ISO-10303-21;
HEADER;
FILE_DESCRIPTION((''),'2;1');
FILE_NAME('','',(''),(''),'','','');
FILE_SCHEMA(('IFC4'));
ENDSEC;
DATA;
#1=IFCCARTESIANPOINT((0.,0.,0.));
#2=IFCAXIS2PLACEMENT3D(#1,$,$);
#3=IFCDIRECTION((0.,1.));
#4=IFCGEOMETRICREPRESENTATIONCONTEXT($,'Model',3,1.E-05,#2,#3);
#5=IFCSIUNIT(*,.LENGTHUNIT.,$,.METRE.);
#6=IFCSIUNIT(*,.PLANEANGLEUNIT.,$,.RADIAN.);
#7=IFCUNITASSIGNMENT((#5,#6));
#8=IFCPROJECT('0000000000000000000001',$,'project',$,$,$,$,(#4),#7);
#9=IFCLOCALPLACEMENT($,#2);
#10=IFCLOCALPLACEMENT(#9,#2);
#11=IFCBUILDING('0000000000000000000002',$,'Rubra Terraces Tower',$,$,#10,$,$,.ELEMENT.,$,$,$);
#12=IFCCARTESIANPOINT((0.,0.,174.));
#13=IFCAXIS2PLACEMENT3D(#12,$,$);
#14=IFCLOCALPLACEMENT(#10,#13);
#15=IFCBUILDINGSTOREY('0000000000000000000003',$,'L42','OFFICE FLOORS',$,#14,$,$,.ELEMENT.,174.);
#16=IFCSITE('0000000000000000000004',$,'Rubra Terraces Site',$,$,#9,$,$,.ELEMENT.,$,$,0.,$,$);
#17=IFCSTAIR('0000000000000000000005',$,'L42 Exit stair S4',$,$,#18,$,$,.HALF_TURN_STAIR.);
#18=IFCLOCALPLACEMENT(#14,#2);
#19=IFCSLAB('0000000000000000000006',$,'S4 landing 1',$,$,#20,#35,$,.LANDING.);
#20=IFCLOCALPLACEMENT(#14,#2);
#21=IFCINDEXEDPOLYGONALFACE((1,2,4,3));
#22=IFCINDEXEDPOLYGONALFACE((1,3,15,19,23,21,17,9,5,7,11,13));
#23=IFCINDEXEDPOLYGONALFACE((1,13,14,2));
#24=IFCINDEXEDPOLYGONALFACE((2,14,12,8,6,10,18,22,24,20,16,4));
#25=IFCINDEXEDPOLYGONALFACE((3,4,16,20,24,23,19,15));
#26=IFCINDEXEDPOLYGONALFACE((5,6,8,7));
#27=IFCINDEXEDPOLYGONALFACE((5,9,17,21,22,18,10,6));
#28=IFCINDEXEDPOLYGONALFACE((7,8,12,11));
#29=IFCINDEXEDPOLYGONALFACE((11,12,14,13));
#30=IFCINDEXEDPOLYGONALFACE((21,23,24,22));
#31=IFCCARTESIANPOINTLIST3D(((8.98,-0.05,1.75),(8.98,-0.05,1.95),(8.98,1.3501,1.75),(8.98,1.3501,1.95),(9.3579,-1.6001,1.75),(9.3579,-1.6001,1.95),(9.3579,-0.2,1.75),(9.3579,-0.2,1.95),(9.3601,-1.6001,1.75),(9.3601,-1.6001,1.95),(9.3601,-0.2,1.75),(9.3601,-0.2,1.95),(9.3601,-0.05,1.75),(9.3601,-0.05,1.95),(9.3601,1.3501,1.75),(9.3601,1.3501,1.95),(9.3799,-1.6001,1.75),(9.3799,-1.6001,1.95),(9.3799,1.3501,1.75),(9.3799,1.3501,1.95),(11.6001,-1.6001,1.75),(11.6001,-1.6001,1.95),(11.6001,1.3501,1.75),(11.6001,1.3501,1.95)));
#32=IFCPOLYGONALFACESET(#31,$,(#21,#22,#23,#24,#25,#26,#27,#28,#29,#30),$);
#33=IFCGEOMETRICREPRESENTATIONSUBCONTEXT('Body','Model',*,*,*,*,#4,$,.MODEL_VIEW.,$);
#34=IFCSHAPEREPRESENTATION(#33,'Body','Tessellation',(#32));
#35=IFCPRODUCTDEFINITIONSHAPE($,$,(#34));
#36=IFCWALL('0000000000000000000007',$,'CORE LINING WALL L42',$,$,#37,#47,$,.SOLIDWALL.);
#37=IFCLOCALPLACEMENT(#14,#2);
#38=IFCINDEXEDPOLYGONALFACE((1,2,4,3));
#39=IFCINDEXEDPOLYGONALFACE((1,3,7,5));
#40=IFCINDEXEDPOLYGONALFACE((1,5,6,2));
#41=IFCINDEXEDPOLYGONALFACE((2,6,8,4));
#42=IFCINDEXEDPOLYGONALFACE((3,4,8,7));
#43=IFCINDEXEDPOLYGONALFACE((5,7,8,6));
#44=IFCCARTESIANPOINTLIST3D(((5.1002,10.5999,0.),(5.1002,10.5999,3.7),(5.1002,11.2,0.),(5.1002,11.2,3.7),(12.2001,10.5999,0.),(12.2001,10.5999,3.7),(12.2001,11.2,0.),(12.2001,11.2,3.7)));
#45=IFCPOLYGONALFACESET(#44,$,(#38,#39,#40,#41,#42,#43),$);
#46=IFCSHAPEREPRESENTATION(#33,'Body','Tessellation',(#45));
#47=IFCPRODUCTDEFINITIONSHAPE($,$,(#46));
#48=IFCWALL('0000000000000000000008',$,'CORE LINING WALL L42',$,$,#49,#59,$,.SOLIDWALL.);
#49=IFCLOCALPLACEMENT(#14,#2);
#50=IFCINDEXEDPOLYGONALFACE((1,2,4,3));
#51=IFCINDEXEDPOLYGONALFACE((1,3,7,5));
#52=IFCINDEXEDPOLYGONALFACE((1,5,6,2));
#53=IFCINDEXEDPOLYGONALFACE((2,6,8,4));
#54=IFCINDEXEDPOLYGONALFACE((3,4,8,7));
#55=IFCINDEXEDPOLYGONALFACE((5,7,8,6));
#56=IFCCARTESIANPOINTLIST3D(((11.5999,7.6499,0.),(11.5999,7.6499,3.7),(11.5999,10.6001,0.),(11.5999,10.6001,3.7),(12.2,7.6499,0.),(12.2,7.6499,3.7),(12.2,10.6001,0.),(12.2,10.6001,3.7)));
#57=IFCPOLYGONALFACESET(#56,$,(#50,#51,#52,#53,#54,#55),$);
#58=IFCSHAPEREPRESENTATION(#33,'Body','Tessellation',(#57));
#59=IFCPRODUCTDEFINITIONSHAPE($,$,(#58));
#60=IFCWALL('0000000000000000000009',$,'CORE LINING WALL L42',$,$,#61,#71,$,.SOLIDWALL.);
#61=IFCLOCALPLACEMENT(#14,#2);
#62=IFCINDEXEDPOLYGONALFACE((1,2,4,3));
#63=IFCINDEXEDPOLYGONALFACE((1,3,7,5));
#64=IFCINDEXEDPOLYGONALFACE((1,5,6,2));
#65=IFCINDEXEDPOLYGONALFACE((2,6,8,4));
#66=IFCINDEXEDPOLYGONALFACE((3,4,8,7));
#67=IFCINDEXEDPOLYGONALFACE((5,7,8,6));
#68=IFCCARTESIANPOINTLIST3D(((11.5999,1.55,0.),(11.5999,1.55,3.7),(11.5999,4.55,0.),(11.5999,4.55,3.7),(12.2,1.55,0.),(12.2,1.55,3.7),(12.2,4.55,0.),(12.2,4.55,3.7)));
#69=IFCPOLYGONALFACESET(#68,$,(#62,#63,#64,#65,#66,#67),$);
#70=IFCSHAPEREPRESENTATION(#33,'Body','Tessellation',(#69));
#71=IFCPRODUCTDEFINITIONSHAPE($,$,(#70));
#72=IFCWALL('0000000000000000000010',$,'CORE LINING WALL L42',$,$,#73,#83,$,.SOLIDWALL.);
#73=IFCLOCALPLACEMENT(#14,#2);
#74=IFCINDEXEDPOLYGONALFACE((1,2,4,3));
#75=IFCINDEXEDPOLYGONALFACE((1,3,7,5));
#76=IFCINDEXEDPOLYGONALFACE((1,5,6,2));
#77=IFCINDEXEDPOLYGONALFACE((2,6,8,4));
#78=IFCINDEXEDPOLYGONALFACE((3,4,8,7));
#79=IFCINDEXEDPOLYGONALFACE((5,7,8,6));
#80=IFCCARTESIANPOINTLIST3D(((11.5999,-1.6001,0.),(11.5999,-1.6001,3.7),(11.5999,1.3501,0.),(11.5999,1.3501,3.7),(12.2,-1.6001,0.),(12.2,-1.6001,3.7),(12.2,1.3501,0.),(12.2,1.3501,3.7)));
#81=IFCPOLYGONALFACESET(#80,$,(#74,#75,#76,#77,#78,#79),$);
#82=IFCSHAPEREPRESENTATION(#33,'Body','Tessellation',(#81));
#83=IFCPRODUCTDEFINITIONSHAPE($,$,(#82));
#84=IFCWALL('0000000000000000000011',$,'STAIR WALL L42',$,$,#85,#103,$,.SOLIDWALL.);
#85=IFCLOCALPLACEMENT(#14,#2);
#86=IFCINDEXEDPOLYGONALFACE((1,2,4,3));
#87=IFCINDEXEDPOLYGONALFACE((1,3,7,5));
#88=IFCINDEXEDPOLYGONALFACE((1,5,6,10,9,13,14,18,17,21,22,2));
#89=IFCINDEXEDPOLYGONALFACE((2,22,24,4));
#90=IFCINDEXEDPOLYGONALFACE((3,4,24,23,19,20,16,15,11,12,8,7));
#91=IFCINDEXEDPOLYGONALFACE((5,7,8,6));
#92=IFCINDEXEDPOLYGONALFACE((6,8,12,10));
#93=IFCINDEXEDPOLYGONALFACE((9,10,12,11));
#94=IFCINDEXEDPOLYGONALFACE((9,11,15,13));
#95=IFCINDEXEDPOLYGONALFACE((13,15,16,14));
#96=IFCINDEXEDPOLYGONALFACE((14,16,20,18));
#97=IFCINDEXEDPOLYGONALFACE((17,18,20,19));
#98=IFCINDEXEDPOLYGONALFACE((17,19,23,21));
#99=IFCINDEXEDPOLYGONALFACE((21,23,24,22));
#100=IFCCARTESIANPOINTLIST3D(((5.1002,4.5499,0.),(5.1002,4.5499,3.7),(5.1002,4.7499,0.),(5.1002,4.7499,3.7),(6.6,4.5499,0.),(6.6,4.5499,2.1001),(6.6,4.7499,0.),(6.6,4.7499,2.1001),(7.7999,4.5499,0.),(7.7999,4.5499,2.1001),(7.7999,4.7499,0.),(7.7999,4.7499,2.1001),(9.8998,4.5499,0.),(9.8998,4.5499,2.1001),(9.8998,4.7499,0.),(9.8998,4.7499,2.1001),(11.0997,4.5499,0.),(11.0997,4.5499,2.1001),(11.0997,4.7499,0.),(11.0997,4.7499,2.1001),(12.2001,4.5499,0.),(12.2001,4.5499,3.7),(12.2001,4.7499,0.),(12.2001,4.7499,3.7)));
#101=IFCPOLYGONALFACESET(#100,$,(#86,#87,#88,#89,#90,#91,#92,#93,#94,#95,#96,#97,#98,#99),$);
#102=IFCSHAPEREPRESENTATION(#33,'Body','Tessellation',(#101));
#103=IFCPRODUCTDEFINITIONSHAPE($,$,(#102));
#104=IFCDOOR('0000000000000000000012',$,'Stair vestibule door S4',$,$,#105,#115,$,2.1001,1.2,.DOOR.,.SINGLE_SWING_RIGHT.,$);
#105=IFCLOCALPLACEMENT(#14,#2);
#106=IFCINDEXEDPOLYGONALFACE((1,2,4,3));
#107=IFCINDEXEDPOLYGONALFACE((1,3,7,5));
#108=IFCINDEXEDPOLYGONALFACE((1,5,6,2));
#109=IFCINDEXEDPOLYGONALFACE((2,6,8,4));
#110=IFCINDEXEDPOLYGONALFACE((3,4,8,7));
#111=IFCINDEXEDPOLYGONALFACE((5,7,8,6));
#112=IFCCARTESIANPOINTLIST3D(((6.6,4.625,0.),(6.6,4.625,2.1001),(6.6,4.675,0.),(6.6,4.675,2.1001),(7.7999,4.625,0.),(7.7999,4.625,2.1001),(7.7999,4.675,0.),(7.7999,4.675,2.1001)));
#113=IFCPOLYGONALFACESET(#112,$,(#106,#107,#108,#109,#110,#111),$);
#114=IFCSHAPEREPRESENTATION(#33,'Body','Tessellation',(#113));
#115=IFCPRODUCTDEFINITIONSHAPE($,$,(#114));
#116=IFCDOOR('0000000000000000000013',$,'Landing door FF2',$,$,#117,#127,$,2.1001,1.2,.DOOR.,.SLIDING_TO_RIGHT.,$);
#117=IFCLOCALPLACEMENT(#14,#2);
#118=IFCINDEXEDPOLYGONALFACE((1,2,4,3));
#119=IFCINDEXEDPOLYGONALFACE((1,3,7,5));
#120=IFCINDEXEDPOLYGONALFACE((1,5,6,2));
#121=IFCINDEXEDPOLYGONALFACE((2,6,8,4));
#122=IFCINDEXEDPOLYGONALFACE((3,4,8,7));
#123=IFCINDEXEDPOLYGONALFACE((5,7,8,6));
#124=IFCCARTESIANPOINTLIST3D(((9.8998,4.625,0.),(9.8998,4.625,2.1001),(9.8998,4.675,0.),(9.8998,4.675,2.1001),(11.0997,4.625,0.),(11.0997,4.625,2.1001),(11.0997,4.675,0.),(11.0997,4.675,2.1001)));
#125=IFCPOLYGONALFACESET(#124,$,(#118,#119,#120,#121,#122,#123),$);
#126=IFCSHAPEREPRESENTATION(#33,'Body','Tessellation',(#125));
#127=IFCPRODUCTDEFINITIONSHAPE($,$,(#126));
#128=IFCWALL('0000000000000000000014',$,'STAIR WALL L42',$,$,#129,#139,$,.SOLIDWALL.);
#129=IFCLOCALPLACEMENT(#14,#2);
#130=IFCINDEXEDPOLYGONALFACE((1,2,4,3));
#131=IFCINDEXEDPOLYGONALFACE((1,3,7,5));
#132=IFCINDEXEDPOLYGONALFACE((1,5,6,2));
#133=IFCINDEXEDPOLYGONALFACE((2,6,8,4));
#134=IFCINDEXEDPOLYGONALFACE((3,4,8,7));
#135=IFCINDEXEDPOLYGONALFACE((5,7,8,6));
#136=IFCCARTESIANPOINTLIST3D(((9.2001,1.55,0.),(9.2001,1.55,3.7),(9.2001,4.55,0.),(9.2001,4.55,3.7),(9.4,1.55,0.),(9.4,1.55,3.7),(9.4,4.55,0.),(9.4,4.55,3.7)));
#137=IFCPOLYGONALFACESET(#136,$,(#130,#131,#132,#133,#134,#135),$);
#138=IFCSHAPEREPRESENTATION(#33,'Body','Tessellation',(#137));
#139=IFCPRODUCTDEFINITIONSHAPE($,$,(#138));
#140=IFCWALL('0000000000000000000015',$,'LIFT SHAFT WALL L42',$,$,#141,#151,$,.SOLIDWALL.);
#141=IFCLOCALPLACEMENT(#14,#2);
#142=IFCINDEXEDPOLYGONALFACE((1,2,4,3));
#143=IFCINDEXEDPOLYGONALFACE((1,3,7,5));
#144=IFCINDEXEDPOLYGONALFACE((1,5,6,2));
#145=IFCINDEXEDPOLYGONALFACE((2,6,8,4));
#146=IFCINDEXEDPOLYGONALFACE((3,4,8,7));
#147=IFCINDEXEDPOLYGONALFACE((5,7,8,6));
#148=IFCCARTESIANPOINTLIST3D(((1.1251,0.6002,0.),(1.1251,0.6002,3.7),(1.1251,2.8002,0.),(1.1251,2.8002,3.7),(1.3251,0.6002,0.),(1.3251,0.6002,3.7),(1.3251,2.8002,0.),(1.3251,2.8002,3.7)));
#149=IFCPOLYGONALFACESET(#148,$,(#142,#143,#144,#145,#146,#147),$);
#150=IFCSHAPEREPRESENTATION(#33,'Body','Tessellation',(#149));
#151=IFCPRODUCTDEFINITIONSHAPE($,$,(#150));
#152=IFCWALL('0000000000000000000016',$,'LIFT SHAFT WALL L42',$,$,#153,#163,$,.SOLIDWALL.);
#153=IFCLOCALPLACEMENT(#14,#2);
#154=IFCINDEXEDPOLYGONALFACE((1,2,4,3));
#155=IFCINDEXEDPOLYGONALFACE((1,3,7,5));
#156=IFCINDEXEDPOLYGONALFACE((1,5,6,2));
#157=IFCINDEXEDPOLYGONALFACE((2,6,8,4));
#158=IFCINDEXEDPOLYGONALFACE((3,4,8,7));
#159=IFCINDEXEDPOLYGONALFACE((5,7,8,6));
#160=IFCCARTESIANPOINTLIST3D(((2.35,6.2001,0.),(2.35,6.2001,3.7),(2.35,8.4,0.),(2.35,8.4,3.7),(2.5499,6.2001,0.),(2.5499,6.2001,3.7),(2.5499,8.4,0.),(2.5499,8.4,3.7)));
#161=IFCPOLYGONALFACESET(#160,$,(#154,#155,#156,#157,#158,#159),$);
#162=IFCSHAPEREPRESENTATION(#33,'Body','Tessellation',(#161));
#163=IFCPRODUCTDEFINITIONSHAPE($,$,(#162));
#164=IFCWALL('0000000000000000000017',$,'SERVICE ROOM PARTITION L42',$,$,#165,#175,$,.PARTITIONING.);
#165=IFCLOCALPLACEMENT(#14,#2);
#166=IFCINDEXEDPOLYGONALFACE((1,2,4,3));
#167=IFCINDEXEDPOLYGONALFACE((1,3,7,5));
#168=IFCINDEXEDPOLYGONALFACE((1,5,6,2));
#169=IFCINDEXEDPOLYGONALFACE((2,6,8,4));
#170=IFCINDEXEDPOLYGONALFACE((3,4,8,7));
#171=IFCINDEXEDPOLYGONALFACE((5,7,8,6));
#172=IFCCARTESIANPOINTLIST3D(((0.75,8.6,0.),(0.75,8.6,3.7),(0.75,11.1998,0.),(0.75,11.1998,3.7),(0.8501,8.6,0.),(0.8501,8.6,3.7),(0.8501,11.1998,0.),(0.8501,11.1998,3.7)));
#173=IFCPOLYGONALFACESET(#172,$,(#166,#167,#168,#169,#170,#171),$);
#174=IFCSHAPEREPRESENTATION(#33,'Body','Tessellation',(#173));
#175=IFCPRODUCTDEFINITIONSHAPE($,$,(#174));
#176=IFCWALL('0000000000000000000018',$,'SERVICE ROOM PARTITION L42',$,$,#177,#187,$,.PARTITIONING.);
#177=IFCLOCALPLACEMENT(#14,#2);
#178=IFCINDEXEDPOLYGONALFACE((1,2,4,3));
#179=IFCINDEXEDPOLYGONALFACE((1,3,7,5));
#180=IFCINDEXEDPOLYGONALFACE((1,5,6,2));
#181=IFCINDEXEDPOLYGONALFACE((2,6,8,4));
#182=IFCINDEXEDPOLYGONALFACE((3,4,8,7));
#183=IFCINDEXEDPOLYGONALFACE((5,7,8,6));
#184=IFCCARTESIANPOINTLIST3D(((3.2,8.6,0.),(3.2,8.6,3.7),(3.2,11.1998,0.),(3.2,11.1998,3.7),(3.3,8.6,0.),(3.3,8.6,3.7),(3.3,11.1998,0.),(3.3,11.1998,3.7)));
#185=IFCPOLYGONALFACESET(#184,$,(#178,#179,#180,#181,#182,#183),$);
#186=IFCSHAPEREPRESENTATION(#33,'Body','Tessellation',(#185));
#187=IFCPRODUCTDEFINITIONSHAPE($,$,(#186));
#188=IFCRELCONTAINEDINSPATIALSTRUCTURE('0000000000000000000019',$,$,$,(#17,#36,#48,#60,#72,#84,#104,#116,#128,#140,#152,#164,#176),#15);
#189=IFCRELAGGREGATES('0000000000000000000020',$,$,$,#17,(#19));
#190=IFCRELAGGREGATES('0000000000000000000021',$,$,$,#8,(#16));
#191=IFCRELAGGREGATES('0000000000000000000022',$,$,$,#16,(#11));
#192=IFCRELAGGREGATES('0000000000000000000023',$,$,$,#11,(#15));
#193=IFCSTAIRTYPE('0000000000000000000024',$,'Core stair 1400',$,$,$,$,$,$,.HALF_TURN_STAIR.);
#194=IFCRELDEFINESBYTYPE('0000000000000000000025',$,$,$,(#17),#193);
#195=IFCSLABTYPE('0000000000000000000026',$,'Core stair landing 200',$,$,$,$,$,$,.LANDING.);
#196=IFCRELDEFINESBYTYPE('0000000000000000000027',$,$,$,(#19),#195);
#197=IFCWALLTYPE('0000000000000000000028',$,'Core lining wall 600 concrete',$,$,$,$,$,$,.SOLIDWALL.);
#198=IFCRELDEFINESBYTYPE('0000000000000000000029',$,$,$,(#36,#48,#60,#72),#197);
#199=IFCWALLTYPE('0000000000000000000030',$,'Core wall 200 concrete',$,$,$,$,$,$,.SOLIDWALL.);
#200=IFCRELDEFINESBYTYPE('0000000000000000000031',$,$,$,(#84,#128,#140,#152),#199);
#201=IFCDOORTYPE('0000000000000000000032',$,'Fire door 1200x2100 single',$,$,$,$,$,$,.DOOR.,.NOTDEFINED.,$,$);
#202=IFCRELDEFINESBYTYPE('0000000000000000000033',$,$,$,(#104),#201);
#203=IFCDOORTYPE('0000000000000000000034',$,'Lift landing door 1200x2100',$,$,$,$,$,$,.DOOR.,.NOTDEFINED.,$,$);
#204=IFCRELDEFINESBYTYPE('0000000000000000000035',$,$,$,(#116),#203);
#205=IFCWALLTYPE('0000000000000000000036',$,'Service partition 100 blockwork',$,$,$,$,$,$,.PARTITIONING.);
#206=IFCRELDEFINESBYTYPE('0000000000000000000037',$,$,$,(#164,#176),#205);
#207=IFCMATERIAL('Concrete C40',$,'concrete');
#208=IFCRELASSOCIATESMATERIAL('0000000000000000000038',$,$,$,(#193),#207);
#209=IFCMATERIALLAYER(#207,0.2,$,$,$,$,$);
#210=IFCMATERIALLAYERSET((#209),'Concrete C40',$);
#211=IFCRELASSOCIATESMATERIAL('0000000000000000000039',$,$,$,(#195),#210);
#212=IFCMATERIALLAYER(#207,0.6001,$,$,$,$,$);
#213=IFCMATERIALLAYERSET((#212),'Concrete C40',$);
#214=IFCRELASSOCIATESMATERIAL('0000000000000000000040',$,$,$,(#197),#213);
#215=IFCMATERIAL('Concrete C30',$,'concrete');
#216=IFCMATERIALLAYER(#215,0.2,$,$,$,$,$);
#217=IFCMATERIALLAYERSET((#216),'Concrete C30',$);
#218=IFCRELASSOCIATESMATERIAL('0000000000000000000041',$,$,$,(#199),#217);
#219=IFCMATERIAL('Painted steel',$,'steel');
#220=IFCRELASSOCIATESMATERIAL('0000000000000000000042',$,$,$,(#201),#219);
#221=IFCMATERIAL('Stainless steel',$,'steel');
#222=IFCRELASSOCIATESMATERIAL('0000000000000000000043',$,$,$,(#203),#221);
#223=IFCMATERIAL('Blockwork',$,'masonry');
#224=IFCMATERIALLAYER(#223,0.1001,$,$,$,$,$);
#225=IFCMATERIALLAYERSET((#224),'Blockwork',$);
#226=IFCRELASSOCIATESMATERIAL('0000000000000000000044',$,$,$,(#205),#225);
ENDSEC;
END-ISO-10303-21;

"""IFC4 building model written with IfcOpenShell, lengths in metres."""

from ifc_helpers import new_model, si_unit, direction, frame, frame_2d, origin, place, context, subcontext, project, spatial, polyline, rectangle, outline, extrude, material, layer, layer_set, type_object, element, fill, aggregate, save


model = new_model("IFC4")

# Units and contexts
model_context = context("Model", 3, precision=1e-05, world=origin(), true_north=direction((0.0, 1.0)))
body_context = subcontext(model_context, "Body", "Model", "MODEL_VIEW")
ifc_project = project(units=[si_unit("LENGTHUNIT", "METRE"), si_unit("PLANEANGLEUNIT", "RADIAN")], contexts=[model_context])

# Site, building, storey
site_placement = place(None, origin())
site = spatial("IfcSite", under=ifc_project, at=site_placement, Name="Rubra Terraces Site", CompositionType="ELEMENT", RefElevation=0.0)
building_placement = place(site_placement, origin())
building = spatial("IfcBuilding", under=site, at=building_placement, Name="Rubra Terraces Tower", CompositionType="ELEMENT")
storey_placement = place(building_placement, frame((0.0, 0.0, 174.0)))
storey = spatial("IfcBuildingStorey", under=building, at=storey_placement, Name="L42", Description="OFFICE FLOORS", CompositionType="ELEMENT", Elevation=174.0)

# Stair, slab
ifc_material_1 = material(Name="Concrete C40", Category="concrete")
stair_type = type_object("IfcStairType", Name="Core stair 1400", PredefinedType="HALF_TURN_STAIR", material=ifc_material_1)
stair_1_placement = place(storey_placement, origin())
stair_1 = element("IfcStair", 1, at=stair_1_placement, inside=storey, type_object=stair_type, Name="L42 Exit stair S4", PredefinedType="HALF_TURN_STAIR")
ifc_layer_1 = layer(ifc_material_1, 0.2)
ifc_layer_set_1 = layer_set([ifc_layer_1], Name="Concrete C40")
slab_type = type_object("IfcSlabType", Name="Core stair landing 200", PredefinedType="LANDING", material=ifc_layer_set_1)
slab_placement = place(storey_placement, frame((0.0, 0.0, 1.75)))
slab = element("IfcSlab", 2, at=slab_placement, type_object=slab_type, Name="S4 landing 1", PredefinedType="LANDING", context=body_context, shape_type="SweptSolid", body=[
    extrude(outline(polyline([(9.3601, -0.2), (9.3601, -0.05), (8.98, -0.05), (8.98, 1.3501), (9.3601, 1.3501), (9.3799, 1.3501), (11.6001, 1.3501), (11.6001, -1.6001), (9.3799, -1.6001), (9.3601, -1.6001), (9.3579, -1.6001), (9.3579, -0.2), (9.3601, -0.2)])), origin(), (0.0, 0.0, 1.0), 0.2),
])

# Walls
ifc_layer_2 = layer(ifc_material_1, 0.6001)
ifc_layer_set_2 = layer_set([ifc_layer_2], Name="Concrete C40")
wall_type_1 = type_object("IfcWallType", Name="Core lining wall 600 concrete", PredefinedType="SOLIDWALL", material=ifc_layer_set_2)
wall_1_placement = place(storey_placement, frame((12.2, 10.8999, 0.0), z_axis=(0.0, 0.0, 1.0), x_axis=(-1.0, 0.0, 0.0)))
element("IfcWall", 3, at=wall_1_placement, inside=storey, type_object=wall_type_1, Name="CORE LINING WALL L42", PredefinedType="SOLIDWALL", context=body_context, shape_type="SweptSolid", body=[
    extrude(rectangle(XDim=7.0999, YDim=0.6001, at=frame_2d((3.5498, 0.0))), origin(), (0.0, 0.0, 1.0), 3.7),
])
wall_2_placement = place(storey_placement, frame((11.8999, 10.6001, 0.0), z_axis=(0.0, 0.0, 1.0), x_axis=(0.0, -1.0, 0.0)))
element("IfcWall", 4, at=wall_2_placement, inside=storey, type_object=wall_type_1, Name="CORE LINING WALL L42", PredefinedType="SOLIDWALL", context=body_context, shape_type="SweptSolid", body=[
    extrude(rectangle(XDim=2.9502, YDim=0.6001, at=frame_2d((1.4751, 0.0))), origin(), (0.0, 0.0, 1.0), 3.7),
])
wall_3_placement = place(storey_placement, frame((11.8999, 4.55, 0.0), z_axis=(0.0, 0.0, 1.0), x_axis=(0.0, -1.0, 0.0)))
element("IfcWall", 5, at=wall_3_placement, inside=storey, type_object=wall_type_1, Name="CORE LINING WALL L42", PredefinedType="SOLIDWALL", context=body_context, shape_type="SweptSolid", body=[
    extrude(rectangle(XDim=3.0, YDim=0.6001, at=frame_2d((1.5, 0.0))), origin(), (0.0, 0.0, 1.0), 3.7),
])
wall_4_placement = place(storey_placement, frame((11.8999, 1.3501, 0.0), z_axis=(0.0, 0.0, 1.0), x_axis=(0.0, -1.0, 0.0)))
element("IfcWall", 6, at=wall_4_placement, inside=storey, type_object=wall_type_1, Name="CORE LINING WALL L42", PredefinedType="SOLIDWALL", context=body_context, shape_type="SweptSolid", body=[
    extrude(rectangle(XDim=2.9502, YDim=0.6001, at=frame_2d((1.4751, 0.0))), origin(), (0.0, 0.0, 1.0), 3.7),
])

# Wall, openings, doors
ifc_material_2 = material(Name="Concrete C30", Category="concrete")
ifc_layer_3 = layer(ifc_material_2, 0.2)
ifc_layer_set_3 = layer_set([ifc_layer_3], Name="Concrete C30")
wall_type_2 = type_object("IfcWallType", Name="Core wall 200 concrete", PredefinedType="SOLIDWALL", material=ifc_layer_set_3)
wall_5_placement = place(storey_placement, frame((12.2, 4.6499, 0.0), z_axis=(0.0, 0.0, 1.0), x_axis=(-1.0, 0.0, 0.0)))
wall_5 = element("IfcWall", 7, at=wall_5_placement, inside=storey, type_object=wall_type_2, Name="STAIR WALL L42", PredefinedType="SOLIDWALL", context=body_context, shape_type="SweptSolid", body=[
    extrude(rectangle(XDim=7.0999, YDim=0.2, at=frame_2d((3.5498, 0.0))), origin(), (0.0, 0.0, 1.0), 3.7),
])
opening_1_placement = place(wall_5_placement, frame((4.3999, 0.0, 0.0)))
opening_1 = element("IfcOpeningElement", 8, at=opening_1_placement, cuts=wall_5, PredefinedType="OPENING", context=body_context, shape_type="SweptSolid", body=[
    extrude(rectangle(XDim=1.2, YDim=2.1001, at=frame_2d((0.6001, 1.05))), frame((0.0, 0.1099, 0.0), z_axis=(0.0, -1.0, 0.0), x_axis=(1.0, 0.0, 0.0)), (0.0, 0.0, 1.0), 0.22),
])
opening_2_placement = place(wall_5_placement, frame((1.1001, 0.0, 0.0)))
opening_2 = element("IfcOpeningElement", 9, at=opening_2_placement, cuts=wall_5, PredefinedType="OPENING", context=body_context, shape_type="SweptSolid", body=[
    extrude(rectangle(XDim=1.2, YDim=2.1001, at=frame_2d((0.6001, 1.05))), frame((0.0, 0.1099, 0.0), z_axis=(0.0, -1.0, 0.0), x_axis=(1.0, 0.0, 0.0)), (0.0, 0.0, 1.0), 0.22),
])
ifc_material_3 = material(Name="Painted steel", Category="steel")
door_type_1 = type_object("IfcDoorType", Name="Fire door 1200x2100 single", OperationType="NOTDEFINED", PredefinedType="DOOR", material=ifc_material_3)
door_1_placement = place(opening_1_placement, origin())
door_1 = element("IfcDoor", 10, at=door_1_placement, inside=storey, type_object=door_type_1, Name="Stair vestibule door S4", OperationType="SINGLE_SWING_RIGHT", OverallHeight=2.1001, OverallWidth=1.2, PredefinedType="DOOR", context=body_context, shape_type="SweptSolid", body=[
    extrude(rectangle(XDim=1.2, YDim=2.1001, at=frame_2d((0.6001, 1.05))), frame((0.0, 0.0249, 0.0), z_axis=(0.0, -1.0, 0.0), x_axis=(1.0, 0.0, 0.0)), (0.0, 0.0, 1.0), 0.05),
])
fill(opening_1, door_1)
ifc_material_4 = material(Name="Stainless steel", Category="steel")
door_type_2 = type_object("IfcDoorType", Name="Lift landing door 1200x2100", OperationType="NOTDEFINED", PredefinedType="DOOR", material=ifc_material_4)
door_2_placement = place(opening_2_placement, origin())
door_2 = element("IfcDoor", 11, at=door_2_placement, inside=storey, type_object=door_type_2, Name="Landing door FF2", OperationType="SLIDING_TO_RIGHT", OverallHeight=2.1001, OverallWidth=1.2, PredefinedType="DOOR", context=body_context, shape_type="SweptSolid", body=[
    extrude(rectangle(XDim=1.2, YDim=2.1001, at=frame_2d((0.6001, 1.05))), frame((0.0, 0.0249, 0.0), z_axis=(0.0, -1.0, 0.0), x_axis=(1.0, 0.0, 0.0)), (0.0, 0.0, 1.0), 0.05),
])
fill(opening_2, door_2)

# Walls
wall_6_placement = place(storey_placement, frame((9.3, 4.55, 0.0), z_axis=(0.0, 0.0, 1.0), x_axis=(0.0, -1.0, 0.0)))
element("IfcWall", 12, at=wall_6_placement, inside=storey, type_object=wall_type_2, Name="STAIR WALL L42", PredefinedType="SOLIDWALL", context=body_context, shape_type="SweptSolid", body=[
    extrude(rectangle(XDim=3.0, YDim=0.2, at=frame_2d((1.5, 0.0))), origin(), (0.0, 0.0, 1.0), 3.7),
])
for number, where, z_axis, x_axis, name in (
    (13, (1.2251, 0.6001, 0.0), (0.0, 0.0, 1.0), (0.0, 1.0, 0.0), "LIFT SHAFT WALL L42"),
    (14, (2.45, 6.2, 0.0), (0.0, 0.0, 1.0), (0.0, 1.0, 0.0), "LIFT SHAFT WALL L42"),
):
    element("IfcWall", number, at=place(storey_placement, frame(where, z_axis=z_axis, x_axis=x_axis)), inside=storey, type_object=wall_type_2, Name=name, PredefinedType="SOLIDWALL", context=body_context, shape_type="SweptSolid", body=[
        extrude(rectangle(XDim=2.2, YDim=0.2, at=frame_2d((1.1001, 0.0))), origin(), (0.0, 0.0, 1.0), 3.7),
    ])
ifc_material_5 = material(Name="Blockwork", Category="masonry")
ifc_layer_4 = layer(ifc_material_5, 0.1001)
ifc_layer_set_4 = layer_set([ifc_layer_4], Name="Blockwork")
wall_type_3 = type_object("IfcWallType", Name="Service partition 100 blockwork", PredefinedType="PARTITIONING", material=ifc_layer_set_4)
for number, where, z_axis, x_axis, name in (
    (15, (0.8, 8.6001, 0.0), (0.0, 0.0, 1.0), (0.0, 1.0, 0.0), "SERVICE ROOM PARTITION L42"),
    (16, (3.25, 8.6001, 0.0), (0.0, 0.0, 1.0), (0.0, 1.0, 0.0), "SERVICE ROOM PARTITION L42"),
):
    element("IfcWall", number, at=place(storey_placement, frame(where, z_axis=z_axis, x_axis=x_axis)), inside=storey, type_object=wall_type_3, Name=name, PredefinedType="PARTITIONING", context=body_context, shape_type="SweptSolid", body=[
        extrude(rectangle(XDim=2.5999, YDim=0.1001, at=frame_2d((1.2998, 0.0))), origin(), (0.0, 0.0, 1.0), 3.7),
    ])

aggregate(stair_1, [slab])

save(model, "model.ifc")
